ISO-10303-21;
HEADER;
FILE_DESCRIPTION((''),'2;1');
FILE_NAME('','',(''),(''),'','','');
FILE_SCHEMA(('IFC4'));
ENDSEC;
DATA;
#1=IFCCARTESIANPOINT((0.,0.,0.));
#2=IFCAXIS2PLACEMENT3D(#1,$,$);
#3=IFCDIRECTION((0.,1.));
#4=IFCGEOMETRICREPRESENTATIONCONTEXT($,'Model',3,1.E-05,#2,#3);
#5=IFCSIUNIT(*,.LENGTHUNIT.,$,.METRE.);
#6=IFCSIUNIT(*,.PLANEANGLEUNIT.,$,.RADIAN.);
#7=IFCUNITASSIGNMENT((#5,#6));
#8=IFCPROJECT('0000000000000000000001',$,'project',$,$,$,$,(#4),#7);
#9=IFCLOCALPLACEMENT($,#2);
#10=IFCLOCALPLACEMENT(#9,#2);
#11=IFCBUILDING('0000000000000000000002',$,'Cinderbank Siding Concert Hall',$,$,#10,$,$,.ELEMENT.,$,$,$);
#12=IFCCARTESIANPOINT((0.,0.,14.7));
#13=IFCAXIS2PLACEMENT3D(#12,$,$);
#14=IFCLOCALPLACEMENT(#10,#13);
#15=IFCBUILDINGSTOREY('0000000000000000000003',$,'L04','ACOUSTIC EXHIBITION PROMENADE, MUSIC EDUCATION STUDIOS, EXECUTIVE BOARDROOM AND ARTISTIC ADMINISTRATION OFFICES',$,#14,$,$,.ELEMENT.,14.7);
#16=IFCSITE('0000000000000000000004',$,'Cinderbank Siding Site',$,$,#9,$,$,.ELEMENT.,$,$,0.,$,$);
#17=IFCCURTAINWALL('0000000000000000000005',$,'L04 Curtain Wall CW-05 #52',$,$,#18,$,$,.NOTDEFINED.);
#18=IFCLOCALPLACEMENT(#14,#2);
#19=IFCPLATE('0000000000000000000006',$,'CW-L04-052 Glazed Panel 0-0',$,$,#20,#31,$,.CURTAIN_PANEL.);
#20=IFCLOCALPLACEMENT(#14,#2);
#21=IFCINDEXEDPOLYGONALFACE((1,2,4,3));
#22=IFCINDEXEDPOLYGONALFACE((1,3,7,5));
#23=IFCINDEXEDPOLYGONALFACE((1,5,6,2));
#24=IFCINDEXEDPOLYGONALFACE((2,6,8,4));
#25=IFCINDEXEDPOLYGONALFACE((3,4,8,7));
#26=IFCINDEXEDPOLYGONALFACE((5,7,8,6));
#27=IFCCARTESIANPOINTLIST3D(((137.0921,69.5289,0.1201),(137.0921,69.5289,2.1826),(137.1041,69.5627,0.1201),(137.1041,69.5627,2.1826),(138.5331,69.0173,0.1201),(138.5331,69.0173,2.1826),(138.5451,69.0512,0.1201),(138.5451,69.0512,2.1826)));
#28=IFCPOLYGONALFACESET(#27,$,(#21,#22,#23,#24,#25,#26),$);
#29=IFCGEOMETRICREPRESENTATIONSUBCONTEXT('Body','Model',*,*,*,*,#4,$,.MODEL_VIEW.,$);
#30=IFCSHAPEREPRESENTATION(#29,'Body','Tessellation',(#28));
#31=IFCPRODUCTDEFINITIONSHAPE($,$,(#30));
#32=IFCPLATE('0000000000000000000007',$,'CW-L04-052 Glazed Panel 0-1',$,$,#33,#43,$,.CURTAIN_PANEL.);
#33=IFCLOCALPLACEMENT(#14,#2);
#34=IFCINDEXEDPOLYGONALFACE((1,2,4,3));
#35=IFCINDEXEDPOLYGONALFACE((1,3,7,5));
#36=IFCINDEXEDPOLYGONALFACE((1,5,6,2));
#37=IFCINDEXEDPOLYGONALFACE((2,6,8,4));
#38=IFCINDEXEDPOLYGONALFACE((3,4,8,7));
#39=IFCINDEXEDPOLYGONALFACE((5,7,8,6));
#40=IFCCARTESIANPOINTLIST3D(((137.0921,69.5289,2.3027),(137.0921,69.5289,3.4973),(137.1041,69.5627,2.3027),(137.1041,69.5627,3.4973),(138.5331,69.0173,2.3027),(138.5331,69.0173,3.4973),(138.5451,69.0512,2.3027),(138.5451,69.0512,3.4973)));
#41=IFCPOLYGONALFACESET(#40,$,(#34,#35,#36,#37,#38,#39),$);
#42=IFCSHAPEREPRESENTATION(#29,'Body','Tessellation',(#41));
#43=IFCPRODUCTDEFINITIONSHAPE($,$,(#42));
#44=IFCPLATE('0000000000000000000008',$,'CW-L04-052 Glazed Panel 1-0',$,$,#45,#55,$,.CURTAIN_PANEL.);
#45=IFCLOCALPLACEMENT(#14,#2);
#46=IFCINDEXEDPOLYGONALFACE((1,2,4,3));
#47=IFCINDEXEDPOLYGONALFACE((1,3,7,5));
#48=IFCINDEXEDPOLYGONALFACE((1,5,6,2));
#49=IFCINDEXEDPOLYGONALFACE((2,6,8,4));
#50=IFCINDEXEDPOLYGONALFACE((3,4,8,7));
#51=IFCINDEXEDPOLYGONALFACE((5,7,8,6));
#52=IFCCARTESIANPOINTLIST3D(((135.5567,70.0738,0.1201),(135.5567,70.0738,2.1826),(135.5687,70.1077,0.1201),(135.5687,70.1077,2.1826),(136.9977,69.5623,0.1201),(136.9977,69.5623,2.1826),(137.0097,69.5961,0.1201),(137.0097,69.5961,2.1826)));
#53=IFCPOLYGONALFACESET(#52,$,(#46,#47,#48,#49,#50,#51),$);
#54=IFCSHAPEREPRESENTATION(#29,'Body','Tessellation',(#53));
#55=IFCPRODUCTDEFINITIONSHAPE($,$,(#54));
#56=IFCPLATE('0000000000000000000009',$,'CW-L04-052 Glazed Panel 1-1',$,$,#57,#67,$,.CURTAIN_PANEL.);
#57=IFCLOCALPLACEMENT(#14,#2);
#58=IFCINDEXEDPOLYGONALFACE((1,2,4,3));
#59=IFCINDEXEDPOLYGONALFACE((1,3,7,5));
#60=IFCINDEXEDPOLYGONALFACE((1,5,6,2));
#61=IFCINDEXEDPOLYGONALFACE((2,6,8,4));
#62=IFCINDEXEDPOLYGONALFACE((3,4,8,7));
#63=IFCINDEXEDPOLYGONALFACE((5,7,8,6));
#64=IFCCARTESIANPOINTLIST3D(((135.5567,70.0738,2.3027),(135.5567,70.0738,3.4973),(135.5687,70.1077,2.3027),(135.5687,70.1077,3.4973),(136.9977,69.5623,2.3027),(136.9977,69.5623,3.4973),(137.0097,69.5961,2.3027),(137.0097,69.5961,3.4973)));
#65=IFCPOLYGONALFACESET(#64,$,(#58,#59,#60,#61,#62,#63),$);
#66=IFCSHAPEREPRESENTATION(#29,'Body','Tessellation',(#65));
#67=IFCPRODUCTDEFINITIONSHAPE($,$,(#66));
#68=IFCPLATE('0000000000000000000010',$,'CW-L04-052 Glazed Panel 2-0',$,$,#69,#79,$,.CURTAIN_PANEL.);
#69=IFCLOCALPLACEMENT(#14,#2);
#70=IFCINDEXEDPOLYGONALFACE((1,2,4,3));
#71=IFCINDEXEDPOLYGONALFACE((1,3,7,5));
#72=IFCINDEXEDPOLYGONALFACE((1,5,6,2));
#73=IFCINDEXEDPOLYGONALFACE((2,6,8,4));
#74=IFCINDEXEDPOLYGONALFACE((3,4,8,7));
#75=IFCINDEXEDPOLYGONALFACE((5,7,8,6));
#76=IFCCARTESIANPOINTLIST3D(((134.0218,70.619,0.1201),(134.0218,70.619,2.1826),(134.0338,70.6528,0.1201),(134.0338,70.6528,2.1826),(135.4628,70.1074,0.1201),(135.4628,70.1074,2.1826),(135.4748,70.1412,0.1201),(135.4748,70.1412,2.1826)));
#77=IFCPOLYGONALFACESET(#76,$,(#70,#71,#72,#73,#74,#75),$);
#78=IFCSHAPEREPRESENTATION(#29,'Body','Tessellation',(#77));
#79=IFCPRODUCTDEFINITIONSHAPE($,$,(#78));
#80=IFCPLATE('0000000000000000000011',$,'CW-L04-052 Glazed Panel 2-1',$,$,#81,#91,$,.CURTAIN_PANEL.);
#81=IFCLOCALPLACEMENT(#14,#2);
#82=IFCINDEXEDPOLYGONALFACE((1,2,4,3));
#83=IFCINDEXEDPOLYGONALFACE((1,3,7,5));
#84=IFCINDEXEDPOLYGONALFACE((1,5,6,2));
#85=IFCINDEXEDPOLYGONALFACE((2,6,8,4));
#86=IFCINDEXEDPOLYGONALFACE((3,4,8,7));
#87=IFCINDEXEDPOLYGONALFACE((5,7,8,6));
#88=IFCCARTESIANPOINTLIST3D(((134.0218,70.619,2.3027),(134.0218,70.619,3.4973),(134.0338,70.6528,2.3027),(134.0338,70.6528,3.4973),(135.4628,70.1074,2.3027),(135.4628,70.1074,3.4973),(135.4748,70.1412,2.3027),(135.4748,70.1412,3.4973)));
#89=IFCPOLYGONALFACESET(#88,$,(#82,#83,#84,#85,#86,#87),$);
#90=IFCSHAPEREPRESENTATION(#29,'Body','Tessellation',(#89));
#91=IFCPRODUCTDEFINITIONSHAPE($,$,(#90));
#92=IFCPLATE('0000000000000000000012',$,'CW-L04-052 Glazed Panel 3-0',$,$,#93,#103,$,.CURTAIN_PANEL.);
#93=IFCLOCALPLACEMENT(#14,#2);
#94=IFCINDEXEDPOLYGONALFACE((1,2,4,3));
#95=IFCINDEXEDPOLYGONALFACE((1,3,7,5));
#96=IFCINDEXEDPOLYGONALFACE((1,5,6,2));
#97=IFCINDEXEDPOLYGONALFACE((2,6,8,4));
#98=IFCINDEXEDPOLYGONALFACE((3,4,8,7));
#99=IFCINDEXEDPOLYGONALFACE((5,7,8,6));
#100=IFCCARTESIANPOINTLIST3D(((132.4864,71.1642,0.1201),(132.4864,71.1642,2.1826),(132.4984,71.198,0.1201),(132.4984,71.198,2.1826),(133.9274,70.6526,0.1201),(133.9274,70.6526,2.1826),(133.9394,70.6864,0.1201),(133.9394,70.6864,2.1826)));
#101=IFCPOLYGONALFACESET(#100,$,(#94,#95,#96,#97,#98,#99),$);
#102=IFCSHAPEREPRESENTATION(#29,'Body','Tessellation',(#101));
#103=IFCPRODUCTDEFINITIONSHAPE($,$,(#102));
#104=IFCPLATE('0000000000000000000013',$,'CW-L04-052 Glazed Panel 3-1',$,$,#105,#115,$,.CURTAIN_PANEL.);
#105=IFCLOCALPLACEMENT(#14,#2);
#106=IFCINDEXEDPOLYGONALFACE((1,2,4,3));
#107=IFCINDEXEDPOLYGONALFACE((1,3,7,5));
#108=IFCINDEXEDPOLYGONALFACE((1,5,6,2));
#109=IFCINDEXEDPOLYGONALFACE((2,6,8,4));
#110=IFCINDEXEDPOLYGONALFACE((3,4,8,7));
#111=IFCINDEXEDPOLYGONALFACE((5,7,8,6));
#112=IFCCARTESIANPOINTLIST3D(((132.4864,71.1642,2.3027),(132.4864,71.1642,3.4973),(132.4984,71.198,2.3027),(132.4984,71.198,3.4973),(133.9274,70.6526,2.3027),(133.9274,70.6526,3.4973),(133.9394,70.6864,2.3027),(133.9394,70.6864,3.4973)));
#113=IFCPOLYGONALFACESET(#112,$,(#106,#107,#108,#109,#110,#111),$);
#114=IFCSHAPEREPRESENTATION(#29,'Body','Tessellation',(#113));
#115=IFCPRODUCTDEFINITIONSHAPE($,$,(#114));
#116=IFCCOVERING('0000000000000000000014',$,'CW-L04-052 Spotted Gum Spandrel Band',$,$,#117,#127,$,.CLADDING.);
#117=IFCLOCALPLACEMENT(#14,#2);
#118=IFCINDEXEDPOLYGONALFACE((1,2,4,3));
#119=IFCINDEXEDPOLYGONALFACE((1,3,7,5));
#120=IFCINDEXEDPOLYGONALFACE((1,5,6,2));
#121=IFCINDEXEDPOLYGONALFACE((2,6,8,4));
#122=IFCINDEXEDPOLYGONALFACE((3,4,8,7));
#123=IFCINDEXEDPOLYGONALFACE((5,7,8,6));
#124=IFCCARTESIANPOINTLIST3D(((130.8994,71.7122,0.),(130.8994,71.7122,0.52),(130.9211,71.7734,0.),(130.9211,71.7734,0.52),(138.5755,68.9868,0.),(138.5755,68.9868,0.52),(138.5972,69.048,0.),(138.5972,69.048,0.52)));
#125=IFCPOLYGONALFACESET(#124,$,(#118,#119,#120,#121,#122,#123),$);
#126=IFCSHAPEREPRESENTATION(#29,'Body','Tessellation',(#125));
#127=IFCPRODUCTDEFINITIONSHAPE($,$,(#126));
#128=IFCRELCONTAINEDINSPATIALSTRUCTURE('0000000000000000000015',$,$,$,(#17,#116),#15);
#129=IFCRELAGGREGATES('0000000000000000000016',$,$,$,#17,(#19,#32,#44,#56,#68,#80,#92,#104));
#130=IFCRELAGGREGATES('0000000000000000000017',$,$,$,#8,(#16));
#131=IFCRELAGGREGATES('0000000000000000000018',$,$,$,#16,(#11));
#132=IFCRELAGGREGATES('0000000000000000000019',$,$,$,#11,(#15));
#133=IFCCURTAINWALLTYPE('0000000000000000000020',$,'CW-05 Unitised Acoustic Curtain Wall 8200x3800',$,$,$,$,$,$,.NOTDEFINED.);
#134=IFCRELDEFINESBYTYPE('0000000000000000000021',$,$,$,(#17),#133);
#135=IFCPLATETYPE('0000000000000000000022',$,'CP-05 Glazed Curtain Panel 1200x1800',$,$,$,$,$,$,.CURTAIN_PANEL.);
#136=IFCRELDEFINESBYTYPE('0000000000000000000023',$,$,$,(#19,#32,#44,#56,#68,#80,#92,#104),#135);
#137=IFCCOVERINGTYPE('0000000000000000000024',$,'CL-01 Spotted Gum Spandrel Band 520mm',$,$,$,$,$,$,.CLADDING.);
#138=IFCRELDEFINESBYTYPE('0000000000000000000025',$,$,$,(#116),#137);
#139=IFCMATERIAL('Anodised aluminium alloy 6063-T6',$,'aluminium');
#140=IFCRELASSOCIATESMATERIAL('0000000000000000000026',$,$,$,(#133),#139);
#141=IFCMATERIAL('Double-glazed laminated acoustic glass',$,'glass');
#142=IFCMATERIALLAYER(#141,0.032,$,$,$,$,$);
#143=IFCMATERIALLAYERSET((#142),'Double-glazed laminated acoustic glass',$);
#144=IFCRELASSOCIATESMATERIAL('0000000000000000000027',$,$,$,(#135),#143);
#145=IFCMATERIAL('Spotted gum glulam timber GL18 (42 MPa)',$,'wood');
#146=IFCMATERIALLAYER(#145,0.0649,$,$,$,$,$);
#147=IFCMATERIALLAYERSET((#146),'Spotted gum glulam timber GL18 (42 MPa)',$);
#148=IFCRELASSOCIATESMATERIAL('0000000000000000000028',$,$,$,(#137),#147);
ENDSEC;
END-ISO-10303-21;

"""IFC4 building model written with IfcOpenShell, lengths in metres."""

from ifc_helpers import new_model, si_unit, direction, frame, origin, origin_2d, place, context, subcontext, project, spatial, rectangle, extrude, material, layer, layer_set, type_object, element, aggregate, save


model = new_model("IFC4")

# Units and contexts
model_context = context("Model", 3, precision=1e-05, world=origin(), true_north=direction((0.0, 1.0)))
body_context = subcontext(model_context, "Body", "Model", "MODEL_VIEW")
ifc_project = project(units=[si_unit("LENGTHUNIT", "METRE"), si_unit("PLANEANGLEUNIT", "RADIAN")], contexts=[model_context])

# Site, building, storey
site_placement = place(None, origin())
site = spatial("IfcSite", under=ifc_project, at=site_placement, Name="Cinderbank Siding Site", CompositionType="ELEMENT", RefElevation=0.0)
building_placement = place(site_placement, origin())
building = spatial("IfcBuilding", under=site, at=building_placement, Name="Cinderbank Siding Concert Hall", CompositionType="ELEMENT")
storey_placement = place(building_placement, frame((0.0, 0.0, 14.7)))
storey = spatial("IfcBuildingStorey", under=building, at=storey_placement, Name="L04", Description="ACOUSTIC EXHIBITION PROMENADE, MUSIC EDUCATION STUDIOS, EXECUTIVE BOARDROOM AND ARTISTIC ADMINISTRATION OFFICES", CompositionType="ELEMENT", Elevation=14.7)

# Curtain wall, plates
ifc_material_1 = material(Name="Anodised aluminium alloy 6063-T6", Category="aluminium")
curtain_wall_type = type_object("IfcCurtainWallType", Name="CW-05 Unitised Acoustic Curtain Wall 8200x3800", PredefinedType="NOTDEFINED", material=ifc_material_1)
curtain_wall_placement = place(storey_placement, origin())
curtain_wall = element("IfcCurtainWall", 1, at=curtain_wall_placement, inside=storey, type_object=curtain_wall_type, Name="L04 Curtain Wall CW-05 #52", PredefinedType="NOTDEFINED")
ifc_material_2 = material(Name="Double-glazed laminated acoustic glass", Category="glass")
ifc_layer_1 = layer(ifc_material_2, 0.032)
ifc_layer_set_1 = layer_set([ifc_layer_1], Name="Double-glazed laminated acoustic glass")
plate_type = type_object("IfcPlateType", Name="CP-05 Glazed Curtain Panel 1200x1800", PredefinedType="CURTAIN_PANEL", material=ifc_layer_set_1)
plate_1_placement = place(storey_placement, frame((137.8186, 69.29, 0.1201), z_axis=(0.0, 0.0, 1.0), x_axis=(-0.942366, 0.334585, 0.0)))
plate_1 = element("IfcPlate", 2, at=plate_1_placement, type_object=plate_type, Name="CW-L04-052 Glazed Panel 0-0", PredefinedType="CURTAIN_PANEL", context=body_context, shape_type="SweptSolid", body=[
    extrude(rectangle(XDim=1.5291, YDim=0.0359, at=origin_2d()), origin(), (0.0, 0.0, 1.0), 2.0625),
])
plate_2_placement = place(storey_placement, frame((137.8186, 69.29, 2.3027), z_axis=(0.0, 0.0, 1.0), x_axis=(-0.942366, 0.334585, 0.0)))
plate_2 = element("IfcPlate", 3, at=plate_2_placement, type_object=plate_type, Name="CW-L04-052 Glazed Panel 0-1", PredefinedType="CURTAIN_PANEL", context=body_context, shape_type="SweptSolid", body=[
    extrude(rectangle(XDim=1.5291, YDim=0.0359, at=origin_2d()), origin(), (0.0, 0.0, 1.0), 1.1946),
])
plate_3_placement = place(storey_placement, frame((136.2832, 69.835, 0.1201), z_axis=(0.0, 0.0, 1.0), x_axis=(-0.942366, 0.334585, 0.0)))
plate_3 = element("IfcPlate", 4, at=plate_3_placement, type_object=plate_type, Name="CW-L04-052 Glazed Panel 1-0", PredefinedType="CURTAIN_PANEL", context=body_context, shape_type="SweptSolid", body=[
    extrude(rectangle(XDim=1.5291, YDim=0.0359, at=origin_2d()), origin(), (0.0, 0.0, 1.0), 2.0625),
])
plate_4_placement = place(storey_placement, frame((136.2832, 69.835, 2.3027), z_axis=(0.0, 0.0, 1.0), x_axis=(-0.942366, 0.334585, 0.0)))
plate_4 = element("IfcPlate", 5, at=plate_4_placement, type_object=plate_type, Name="CW-L04-052 Glazed Panel 1-1", PredefinedType="CURTAIN_PANEL", context=body_context, shape_type="SweptSolid", body=[
    extrude(rectangle(XDim=1.5291, YDim=0.0359, at=origin_2d()), origin(), (0.0, 0.0, 1.0), 1.1946),
])
plate_5_placement = place(storey_placement, frame((134.7483, 70.3801, 0.1201), z_axis=(0.0, 0.0, 1.0), x_axis=(-0.942366, 0.334585, 0.0)))
plate_5 = element("IfcPlate", 6, at=plate_5_placement, type_object=plate_type, Name="CW-L04-052 Glazed Panel 2-0", PredefinedType="CURTAIN_PANEL", context=body_context, shape_type="SweptSolid", body=[
    extrude(rectangle(XDim=1.5291, YDim=0.0359, at=origin_2d()), origin(), (0.0, 0.0, 1.0), 2.0625),
])
plate_6_placement = place(storey_placement, frame((134.7483, 70.3801, 2.3027), z_axis=(0.0, 0.0, 1.0), x_axis=(-0.942366, 0.334585, 0.0)))
plate_6 = element("IfcPlate", 7, at=plate_6_placement, type_object=plate_type, Name="CW-L04-052 Glazed Panel 2-1", PredefinedType="CURTAIN_PANEL", context=body_context, shape_type="SweptSolid", body=[
    extrude(rectangle(XDim=1.5291, YDim=0.0359, at=origin_2d()), origin(), (0.0, 0.0, 1.0), 1.1946),
])
plate_7_placement = place(storey_placement, frame((133.2129, 70.9253, 0.1201), z_axis=(0.0, 0.0, 1.0), x_axis=(-0.942366, 0.334585, 0.0)))
plate_7 = element("IfcPlate", 8, at=plate_7_placement, type_object=plate_type, Name="CW-L04-052 Glazed Panel 3-0", PredefinedType="CURTAIN_PANEL", context=body_context, shape_type="SweptSolid", body=[
    extrude(rectangle(XDim=1.5291, YDim=0.0359, at=origin_2d()), origin(), (0.0, 0.0, 1.0), 2.0625),
])
plate_8_placement = place(storey_placement, frame((133.2129, 70.9253, 2.3027), z_axis=(0.0, 0.0, 1.0), x_axis=(-0.942366, 0.334585, 0.0)))
plate_8 = element("IfcPlate", 9, at=plate_8_placement, type_object=plate_type, Name="CW-L04-052 Glazed Panel 3-1", PredefinedType="CURTAIN_PANEL", context=body_context, shape_type="SweptSolid", body=[
    extrude(rectangle(XDim=1.5291, YDim=0.0359, at=origin_2d()), origin(), (0.0, 0.0, 1.0), 1.1946),
])
aggregate(curtain_wall, [plate_1, plate_2, plate_3, plate_4, plate_5, plate_6, plate_7, plate_8])

# Covering
ifc_material_3 = material(Name="Spotted gum glulam timber GL18 (42 MPa)", Category="wood")
ifc_layer_2 = layer(ifc_material_3, 0.0649)
ifc_layer_set_2 = layer_set([ifc_layer_2], Name="Spotted gum glulam timber GL18 (42 MPa)")
covering_type = type_object("IfcCoveringType", Name="CL-01 Spotted Gum Spandrel Band 520mm", PredefinedType="CLADDING", material=ifc_layer_set_2)
covering_placement = place(storey_placement, frame((134.7483, 70.3801, 0.0), z_axis=(0.0, 0.0, 1.0), x_axis=(-0.942366, 0.334585, 0.0)))
element("IfcCovering", 10, at=covering_placement, inside=storey, type_object=covering_type, Name="CW-L04-052 Spotted Gum Spandrel Band", PredefinedType="CLADDING", context=body_context, shape_type="SweptSolid", body=[
    extrude(rectangle(XDim=8.1455, YDim=0.0649, at=origin_2d()), origin(), (0.0, 0.0, 1.0), 0.52),
])

save(model, "model.ifc")
